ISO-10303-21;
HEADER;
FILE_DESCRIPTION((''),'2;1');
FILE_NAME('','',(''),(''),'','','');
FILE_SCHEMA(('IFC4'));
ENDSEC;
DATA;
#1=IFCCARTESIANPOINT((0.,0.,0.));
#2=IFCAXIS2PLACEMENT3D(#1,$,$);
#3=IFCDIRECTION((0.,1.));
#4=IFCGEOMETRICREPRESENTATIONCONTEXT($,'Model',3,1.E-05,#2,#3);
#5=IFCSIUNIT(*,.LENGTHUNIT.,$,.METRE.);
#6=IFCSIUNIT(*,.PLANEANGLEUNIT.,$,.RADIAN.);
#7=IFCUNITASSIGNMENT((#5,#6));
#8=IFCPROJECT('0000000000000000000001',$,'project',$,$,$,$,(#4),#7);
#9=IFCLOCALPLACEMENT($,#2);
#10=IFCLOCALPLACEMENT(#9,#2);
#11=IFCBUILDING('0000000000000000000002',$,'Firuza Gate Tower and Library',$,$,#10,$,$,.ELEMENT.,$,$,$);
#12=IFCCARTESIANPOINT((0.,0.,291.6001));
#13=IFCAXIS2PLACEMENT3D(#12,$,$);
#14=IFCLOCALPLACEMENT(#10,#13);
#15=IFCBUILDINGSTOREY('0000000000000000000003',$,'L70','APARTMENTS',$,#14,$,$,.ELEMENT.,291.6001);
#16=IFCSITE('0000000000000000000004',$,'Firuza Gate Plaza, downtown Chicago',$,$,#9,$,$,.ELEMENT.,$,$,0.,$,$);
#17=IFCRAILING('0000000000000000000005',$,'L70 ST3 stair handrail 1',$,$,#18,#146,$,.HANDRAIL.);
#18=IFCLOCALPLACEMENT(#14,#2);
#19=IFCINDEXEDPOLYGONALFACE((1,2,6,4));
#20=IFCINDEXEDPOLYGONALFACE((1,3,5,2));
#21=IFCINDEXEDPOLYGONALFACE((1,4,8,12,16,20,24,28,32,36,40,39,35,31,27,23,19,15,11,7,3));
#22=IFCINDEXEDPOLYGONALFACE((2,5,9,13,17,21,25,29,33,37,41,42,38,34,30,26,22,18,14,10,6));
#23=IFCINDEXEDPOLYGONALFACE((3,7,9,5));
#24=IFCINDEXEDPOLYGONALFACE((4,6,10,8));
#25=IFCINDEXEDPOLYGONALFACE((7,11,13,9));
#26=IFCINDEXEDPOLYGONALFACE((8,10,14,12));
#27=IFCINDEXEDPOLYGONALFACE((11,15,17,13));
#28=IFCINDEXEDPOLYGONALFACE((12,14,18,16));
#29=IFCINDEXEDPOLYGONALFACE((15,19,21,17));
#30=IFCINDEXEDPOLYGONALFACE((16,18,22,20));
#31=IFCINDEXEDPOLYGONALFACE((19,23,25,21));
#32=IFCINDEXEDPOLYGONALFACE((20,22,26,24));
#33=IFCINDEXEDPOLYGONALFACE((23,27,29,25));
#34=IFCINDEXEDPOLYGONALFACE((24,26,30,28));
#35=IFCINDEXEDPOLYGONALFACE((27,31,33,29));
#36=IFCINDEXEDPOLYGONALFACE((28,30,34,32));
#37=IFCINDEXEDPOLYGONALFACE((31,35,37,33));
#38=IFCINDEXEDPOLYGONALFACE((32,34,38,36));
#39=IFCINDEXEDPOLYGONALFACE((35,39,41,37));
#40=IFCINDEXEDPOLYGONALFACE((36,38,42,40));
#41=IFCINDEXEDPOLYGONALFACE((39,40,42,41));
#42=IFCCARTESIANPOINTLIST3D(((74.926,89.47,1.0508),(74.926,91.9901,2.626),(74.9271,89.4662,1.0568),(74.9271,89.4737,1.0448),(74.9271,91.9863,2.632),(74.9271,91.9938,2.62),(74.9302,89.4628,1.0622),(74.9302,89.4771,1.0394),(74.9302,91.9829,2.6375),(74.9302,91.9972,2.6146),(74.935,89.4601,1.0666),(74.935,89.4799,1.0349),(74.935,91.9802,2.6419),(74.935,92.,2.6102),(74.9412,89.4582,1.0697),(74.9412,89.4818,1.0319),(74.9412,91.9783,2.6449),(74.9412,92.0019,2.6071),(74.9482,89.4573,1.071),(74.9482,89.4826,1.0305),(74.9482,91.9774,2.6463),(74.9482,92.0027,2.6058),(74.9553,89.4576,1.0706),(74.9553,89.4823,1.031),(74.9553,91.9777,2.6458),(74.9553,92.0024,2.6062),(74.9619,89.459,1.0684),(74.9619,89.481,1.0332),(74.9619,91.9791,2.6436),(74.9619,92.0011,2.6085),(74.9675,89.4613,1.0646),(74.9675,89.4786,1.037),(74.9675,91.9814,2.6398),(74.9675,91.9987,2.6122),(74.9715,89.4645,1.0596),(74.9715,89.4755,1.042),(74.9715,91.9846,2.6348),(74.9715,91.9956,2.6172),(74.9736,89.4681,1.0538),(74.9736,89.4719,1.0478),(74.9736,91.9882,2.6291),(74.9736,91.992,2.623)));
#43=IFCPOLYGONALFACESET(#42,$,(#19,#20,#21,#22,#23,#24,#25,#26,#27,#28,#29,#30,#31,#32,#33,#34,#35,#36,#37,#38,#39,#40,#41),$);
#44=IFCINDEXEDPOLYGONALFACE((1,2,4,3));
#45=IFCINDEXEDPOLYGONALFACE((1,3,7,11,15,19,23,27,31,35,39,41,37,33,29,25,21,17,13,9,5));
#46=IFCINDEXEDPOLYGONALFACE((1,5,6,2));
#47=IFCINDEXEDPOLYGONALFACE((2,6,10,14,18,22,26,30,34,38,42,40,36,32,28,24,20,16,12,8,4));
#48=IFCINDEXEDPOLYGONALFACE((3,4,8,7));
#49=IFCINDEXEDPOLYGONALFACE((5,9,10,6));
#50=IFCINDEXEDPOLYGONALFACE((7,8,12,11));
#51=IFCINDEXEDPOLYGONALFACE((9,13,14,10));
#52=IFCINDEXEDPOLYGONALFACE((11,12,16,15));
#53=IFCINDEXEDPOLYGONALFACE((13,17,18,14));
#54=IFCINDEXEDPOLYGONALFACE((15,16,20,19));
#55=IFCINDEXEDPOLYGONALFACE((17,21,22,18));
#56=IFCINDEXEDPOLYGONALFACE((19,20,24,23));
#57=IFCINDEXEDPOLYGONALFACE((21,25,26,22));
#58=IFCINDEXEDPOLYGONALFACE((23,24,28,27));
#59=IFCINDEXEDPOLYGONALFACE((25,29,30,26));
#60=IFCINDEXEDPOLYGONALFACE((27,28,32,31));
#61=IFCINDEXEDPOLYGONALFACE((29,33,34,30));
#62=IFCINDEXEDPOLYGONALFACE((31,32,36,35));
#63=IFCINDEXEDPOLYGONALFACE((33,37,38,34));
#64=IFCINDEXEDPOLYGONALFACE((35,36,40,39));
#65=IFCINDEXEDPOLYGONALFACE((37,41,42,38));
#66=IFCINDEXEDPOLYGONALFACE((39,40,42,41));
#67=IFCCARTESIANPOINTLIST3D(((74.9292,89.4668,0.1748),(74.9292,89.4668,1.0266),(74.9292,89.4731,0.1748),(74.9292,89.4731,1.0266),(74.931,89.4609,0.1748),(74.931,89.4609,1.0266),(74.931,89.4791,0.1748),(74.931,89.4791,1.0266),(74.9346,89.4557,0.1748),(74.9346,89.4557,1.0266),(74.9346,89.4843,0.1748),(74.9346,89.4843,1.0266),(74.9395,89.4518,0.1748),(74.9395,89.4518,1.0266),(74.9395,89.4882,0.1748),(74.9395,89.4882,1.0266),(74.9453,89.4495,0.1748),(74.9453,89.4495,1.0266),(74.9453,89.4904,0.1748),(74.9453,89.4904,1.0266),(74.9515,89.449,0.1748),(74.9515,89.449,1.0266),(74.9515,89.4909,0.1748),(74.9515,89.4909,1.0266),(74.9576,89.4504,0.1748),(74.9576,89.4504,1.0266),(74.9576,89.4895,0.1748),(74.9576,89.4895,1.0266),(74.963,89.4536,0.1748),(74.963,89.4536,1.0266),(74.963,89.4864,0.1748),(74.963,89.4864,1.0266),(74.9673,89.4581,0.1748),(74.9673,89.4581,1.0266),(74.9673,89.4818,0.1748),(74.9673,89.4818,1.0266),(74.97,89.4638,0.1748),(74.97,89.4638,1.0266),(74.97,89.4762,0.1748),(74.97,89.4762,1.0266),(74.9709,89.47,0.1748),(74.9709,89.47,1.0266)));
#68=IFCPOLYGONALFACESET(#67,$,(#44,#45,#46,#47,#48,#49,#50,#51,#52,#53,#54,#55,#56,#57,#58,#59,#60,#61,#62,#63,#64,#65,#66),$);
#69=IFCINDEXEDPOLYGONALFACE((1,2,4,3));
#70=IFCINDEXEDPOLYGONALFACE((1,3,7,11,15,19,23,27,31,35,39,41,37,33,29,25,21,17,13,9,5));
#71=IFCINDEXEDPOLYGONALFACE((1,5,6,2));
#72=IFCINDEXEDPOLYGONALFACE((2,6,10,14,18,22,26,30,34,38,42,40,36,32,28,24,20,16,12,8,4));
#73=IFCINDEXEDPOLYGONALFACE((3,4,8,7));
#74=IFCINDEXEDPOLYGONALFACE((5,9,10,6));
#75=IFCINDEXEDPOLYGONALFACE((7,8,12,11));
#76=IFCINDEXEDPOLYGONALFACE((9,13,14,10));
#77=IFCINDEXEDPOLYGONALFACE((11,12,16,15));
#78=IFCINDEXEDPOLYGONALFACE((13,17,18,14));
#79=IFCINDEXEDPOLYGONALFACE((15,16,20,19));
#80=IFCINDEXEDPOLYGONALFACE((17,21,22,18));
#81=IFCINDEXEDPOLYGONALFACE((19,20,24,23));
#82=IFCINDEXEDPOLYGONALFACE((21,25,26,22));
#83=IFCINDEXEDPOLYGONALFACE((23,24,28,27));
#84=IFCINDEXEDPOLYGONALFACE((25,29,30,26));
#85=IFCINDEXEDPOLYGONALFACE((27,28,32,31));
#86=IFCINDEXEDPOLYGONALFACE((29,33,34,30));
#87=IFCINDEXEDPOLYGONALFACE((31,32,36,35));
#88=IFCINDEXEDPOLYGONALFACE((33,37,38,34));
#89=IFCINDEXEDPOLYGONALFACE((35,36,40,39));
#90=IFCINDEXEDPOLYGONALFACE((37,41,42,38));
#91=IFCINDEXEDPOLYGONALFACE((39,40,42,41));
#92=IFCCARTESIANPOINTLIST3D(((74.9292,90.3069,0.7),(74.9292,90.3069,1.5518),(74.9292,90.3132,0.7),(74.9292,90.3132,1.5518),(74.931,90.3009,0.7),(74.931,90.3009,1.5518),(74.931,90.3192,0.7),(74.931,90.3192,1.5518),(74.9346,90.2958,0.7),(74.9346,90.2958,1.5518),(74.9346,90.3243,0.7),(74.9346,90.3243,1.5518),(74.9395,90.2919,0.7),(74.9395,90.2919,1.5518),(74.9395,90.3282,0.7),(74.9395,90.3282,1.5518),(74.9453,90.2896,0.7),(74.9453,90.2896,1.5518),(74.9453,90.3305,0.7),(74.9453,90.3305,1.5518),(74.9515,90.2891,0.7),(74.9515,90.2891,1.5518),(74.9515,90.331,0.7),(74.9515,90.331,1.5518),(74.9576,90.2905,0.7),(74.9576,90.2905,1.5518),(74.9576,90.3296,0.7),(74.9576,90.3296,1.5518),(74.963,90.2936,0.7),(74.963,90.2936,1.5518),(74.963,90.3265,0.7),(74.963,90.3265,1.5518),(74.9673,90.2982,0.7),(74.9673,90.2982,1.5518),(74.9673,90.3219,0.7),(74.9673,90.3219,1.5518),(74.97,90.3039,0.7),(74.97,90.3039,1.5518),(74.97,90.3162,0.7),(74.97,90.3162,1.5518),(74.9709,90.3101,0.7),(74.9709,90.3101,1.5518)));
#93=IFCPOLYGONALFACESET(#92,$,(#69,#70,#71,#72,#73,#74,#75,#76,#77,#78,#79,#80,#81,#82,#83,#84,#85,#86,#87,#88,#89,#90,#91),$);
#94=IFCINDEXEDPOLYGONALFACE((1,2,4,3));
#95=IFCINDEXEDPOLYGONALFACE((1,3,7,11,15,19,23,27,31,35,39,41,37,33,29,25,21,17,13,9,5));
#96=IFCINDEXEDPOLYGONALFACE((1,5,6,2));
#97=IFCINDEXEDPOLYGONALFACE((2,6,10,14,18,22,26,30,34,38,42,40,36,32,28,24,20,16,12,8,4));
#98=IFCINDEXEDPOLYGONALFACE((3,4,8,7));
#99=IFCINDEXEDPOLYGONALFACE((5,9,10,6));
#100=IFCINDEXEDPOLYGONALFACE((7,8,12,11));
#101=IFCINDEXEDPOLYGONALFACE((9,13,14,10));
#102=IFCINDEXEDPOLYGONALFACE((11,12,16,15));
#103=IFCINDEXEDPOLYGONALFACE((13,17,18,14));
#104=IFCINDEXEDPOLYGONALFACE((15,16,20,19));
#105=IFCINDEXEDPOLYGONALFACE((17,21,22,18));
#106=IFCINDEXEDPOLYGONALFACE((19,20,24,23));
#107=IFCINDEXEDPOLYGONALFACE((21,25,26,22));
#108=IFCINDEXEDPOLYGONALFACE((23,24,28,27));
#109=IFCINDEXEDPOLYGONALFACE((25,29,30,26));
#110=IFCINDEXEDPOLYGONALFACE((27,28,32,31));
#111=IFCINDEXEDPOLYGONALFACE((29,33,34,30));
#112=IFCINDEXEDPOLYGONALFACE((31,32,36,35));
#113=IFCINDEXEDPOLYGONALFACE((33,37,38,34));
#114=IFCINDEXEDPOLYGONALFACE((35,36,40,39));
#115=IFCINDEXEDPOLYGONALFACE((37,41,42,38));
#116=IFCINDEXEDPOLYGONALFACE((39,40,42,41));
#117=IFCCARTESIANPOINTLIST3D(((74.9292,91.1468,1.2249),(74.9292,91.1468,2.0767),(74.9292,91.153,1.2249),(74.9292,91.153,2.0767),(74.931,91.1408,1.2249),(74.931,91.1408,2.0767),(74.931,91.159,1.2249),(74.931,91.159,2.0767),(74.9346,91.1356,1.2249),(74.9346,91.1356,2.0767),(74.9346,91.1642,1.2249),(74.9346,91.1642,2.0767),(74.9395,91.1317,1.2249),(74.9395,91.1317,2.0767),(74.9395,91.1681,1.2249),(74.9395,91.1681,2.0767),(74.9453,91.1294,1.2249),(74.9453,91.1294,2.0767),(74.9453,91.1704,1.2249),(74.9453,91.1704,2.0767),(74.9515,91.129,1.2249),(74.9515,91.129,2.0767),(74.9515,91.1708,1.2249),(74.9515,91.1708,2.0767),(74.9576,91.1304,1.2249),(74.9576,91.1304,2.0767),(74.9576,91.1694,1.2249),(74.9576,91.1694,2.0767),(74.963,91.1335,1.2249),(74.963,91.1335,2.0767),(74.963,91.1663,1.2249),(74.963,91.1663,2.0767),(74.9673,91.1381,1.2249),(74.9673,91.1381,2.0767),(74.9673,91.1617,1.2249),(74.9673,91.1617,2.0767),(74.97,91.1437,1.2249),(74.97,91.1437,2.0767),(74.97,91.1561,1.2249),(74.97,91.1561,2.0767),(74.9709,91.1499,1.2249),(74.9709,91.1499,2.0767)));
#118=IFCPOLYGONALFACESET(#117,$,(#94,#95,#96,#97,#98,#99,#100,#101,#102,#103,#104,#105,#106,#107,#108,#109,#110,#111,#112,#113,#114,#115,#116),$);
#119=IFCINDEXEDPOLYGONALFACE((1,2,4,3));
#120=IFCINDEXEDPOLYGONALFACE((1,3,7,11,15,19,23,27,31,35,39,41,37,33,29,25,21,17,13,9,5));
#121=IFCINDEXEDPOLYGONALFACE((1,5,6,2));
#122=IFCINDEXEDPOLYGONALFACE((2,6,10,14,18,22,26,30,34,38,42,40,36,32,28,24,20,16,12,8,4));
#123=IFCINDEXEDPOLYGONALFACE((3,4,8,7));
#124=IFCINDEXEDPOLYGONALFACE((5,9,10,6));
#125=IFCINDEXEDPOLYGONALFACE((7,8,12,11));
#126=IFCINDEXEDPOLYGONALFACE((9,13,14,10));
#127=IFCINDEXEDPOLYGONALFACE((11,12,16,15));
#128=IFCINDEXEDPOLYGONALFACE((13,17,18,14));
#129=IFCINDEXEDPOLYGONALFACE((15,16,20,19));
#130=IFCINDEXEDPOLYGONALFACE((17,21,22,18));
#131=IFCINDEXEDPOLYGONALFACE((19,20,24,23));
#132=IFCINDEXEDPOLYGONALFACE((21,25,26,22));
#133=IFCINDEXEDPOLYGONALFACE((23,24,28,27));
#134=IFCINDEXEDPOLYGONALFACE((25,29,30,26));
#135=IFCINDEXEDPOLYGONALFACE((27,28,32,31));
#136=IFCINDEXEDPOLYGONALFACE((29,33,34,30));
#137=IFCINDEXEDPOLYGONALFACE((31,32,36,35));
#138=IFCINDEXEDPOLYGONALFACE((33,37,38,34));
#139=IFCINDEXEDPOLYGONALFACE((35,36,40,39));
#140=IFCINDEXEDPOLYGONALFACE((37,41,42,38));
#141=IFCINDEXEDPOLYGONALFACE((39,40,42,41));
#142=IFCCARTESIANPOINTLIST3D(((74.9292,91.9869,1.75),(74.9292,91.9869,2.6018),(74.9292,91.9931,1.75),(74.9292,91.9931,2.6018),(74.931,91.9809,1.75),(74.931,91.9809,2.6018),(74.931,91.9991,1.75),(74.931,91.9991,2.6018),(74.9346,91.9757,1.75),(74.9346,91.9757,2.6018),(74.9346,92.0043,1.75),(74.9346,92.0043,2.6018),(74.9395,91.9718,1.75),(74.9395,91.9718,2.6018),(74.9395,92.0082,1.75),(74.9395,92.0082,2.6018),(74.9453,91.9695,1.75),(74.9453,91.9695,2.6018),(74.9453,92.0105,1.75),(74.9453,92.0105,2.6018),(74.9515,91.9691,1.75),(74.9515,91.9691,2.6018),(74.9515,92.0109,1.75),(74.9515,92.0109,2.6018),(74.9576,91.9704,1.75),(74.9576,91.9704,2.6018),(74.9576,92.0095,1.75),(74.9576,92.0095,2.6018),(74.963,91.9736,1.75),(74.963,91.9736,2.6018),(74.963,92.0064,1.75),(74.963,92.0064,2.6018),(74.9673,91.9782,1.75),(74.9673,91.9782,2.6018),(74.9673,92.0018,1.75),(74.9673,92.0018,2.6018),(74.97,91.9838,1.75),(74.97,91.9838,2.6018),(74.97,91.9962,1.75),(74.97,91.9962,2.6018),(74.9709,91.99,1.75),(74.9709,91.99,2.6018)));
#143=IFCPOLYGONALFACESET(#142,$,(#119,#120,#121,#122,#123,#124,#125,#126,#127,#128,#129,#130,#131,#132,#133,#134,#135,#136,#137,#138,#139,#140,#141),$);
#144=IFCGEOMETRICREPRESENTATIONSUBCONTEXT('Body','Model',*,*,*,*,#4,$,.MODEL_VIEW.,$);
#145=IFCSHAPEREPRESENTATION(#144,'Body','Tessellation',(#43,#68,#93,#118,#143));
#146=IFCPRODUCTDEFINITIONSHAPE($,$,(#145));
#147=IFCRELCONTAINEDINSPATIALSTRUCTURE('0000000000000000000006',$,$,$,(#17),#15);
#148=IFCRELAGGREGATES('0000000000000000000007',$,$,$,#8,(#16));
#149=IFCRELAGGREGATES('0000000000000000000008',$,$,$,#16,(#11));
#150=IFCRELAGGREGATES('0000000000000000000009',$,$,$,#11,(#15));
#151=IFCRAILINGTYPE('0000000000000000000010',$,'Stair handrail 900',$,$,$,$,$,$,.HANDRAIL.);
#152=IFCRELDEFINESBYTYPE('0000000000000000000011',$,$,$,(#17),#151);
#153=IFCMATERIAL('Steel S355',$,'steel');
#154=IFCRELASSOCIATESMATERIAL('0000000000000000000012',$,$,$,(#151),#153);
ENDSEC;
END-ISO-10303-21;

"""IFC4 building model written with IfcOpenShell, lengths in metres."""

from ifc_helpers import new_model, si_unit, direction, frame, origin, origin_2d, place, context, subcontext, project, spatial, circle, extrude, material, type_object, element, save


model = new_model("IFC4")

# Units and contexts
model_context = context("Model", 3, precision=1e-05, world=origin(), true_north=direction((0.0, 1.0)))
body_context = subcontext(model_context, "Body", "Model", "MODEL_VIEW")
ifc_project = project(units=[si_unit("LENGTHUNIT", "METRE"), si_unit("PLANEANGLEUNIT", "RADIAN")], contexts=[model_context])

# Site, building, storey
site_placement = place(None, origin())
site = spatial("IfcSite", under=ifc_project, at=site_placement, Name="Firuza Gate Plaza, downtown Chicago", CompositionType="ELEMENT", RefElevation=0.0)
building_placement = place(site_placement, origin())
building = spatial("IfcBuilding", under=site, at=building_placement, Name="Firuza Gate Tower and Library", CompositionType="ELEMENT")
storey_placement = place(building_placement, frame((0.0, 0.0, 291.6001)))
storey = spatial("IfcBuildingStorey", under=building, at=storey_placement, Name="L70", Description="APARTMENTS", CompositionType="ELEMENT", Elevation=291.6001)

# Railing
ifc_material_1 = material(Name="Steel S355", Category="steel")
railing_type_1 = type_object("IfcRailingType", Name="Stair handrail 900", PredefinedType="HANDRAIL", material=ifc_material_1)
railing_1_placement = place(storey_placement, frame((74.95, 89.47, 0.1748)))
element("IfcRailing", 1, at=railing_1_placement, inside=storey, type_object=railing_type_1, Name="L70 ST3 stair handrail 1", PredefinedType="HANDRAIL", context=body_context, shape_type="SweptSolid", body=[
    extrude(circle(Radius=0.0239, at=origin_2d()), frame((0.0, 0.0, 0.876), z_axis=(0.0, 0.847971, 0.530043), x_axis=(-1.0, 0.0, 0.0)), (0.0, 0.0, 1.0), 2.9719),
    extrude(circle(Radius=0.021, at=origin_2d()), origin(), (0.0, 0.0, 1.0), 0.8518),
    extrude(circle(Radius=0.021, at=origin_2d()), frame((0.0, 0.8401, 0.5251)), (0.0, 0.0, 1.0), 0.8518),
    extrude(circle(Radius=0.021, at=origin_2d()), frame((0.0, 1.6799, 1.05)), (0.0, 0.0, 1.0), 0.8518),
    extrude(circle(Radius=0.021, at=origin_2d()), frame((0.0, 2.52, 1.5752)), (0.0, 0.0, 1.0), 0.8518),
])

save(model, "model.ifc")
